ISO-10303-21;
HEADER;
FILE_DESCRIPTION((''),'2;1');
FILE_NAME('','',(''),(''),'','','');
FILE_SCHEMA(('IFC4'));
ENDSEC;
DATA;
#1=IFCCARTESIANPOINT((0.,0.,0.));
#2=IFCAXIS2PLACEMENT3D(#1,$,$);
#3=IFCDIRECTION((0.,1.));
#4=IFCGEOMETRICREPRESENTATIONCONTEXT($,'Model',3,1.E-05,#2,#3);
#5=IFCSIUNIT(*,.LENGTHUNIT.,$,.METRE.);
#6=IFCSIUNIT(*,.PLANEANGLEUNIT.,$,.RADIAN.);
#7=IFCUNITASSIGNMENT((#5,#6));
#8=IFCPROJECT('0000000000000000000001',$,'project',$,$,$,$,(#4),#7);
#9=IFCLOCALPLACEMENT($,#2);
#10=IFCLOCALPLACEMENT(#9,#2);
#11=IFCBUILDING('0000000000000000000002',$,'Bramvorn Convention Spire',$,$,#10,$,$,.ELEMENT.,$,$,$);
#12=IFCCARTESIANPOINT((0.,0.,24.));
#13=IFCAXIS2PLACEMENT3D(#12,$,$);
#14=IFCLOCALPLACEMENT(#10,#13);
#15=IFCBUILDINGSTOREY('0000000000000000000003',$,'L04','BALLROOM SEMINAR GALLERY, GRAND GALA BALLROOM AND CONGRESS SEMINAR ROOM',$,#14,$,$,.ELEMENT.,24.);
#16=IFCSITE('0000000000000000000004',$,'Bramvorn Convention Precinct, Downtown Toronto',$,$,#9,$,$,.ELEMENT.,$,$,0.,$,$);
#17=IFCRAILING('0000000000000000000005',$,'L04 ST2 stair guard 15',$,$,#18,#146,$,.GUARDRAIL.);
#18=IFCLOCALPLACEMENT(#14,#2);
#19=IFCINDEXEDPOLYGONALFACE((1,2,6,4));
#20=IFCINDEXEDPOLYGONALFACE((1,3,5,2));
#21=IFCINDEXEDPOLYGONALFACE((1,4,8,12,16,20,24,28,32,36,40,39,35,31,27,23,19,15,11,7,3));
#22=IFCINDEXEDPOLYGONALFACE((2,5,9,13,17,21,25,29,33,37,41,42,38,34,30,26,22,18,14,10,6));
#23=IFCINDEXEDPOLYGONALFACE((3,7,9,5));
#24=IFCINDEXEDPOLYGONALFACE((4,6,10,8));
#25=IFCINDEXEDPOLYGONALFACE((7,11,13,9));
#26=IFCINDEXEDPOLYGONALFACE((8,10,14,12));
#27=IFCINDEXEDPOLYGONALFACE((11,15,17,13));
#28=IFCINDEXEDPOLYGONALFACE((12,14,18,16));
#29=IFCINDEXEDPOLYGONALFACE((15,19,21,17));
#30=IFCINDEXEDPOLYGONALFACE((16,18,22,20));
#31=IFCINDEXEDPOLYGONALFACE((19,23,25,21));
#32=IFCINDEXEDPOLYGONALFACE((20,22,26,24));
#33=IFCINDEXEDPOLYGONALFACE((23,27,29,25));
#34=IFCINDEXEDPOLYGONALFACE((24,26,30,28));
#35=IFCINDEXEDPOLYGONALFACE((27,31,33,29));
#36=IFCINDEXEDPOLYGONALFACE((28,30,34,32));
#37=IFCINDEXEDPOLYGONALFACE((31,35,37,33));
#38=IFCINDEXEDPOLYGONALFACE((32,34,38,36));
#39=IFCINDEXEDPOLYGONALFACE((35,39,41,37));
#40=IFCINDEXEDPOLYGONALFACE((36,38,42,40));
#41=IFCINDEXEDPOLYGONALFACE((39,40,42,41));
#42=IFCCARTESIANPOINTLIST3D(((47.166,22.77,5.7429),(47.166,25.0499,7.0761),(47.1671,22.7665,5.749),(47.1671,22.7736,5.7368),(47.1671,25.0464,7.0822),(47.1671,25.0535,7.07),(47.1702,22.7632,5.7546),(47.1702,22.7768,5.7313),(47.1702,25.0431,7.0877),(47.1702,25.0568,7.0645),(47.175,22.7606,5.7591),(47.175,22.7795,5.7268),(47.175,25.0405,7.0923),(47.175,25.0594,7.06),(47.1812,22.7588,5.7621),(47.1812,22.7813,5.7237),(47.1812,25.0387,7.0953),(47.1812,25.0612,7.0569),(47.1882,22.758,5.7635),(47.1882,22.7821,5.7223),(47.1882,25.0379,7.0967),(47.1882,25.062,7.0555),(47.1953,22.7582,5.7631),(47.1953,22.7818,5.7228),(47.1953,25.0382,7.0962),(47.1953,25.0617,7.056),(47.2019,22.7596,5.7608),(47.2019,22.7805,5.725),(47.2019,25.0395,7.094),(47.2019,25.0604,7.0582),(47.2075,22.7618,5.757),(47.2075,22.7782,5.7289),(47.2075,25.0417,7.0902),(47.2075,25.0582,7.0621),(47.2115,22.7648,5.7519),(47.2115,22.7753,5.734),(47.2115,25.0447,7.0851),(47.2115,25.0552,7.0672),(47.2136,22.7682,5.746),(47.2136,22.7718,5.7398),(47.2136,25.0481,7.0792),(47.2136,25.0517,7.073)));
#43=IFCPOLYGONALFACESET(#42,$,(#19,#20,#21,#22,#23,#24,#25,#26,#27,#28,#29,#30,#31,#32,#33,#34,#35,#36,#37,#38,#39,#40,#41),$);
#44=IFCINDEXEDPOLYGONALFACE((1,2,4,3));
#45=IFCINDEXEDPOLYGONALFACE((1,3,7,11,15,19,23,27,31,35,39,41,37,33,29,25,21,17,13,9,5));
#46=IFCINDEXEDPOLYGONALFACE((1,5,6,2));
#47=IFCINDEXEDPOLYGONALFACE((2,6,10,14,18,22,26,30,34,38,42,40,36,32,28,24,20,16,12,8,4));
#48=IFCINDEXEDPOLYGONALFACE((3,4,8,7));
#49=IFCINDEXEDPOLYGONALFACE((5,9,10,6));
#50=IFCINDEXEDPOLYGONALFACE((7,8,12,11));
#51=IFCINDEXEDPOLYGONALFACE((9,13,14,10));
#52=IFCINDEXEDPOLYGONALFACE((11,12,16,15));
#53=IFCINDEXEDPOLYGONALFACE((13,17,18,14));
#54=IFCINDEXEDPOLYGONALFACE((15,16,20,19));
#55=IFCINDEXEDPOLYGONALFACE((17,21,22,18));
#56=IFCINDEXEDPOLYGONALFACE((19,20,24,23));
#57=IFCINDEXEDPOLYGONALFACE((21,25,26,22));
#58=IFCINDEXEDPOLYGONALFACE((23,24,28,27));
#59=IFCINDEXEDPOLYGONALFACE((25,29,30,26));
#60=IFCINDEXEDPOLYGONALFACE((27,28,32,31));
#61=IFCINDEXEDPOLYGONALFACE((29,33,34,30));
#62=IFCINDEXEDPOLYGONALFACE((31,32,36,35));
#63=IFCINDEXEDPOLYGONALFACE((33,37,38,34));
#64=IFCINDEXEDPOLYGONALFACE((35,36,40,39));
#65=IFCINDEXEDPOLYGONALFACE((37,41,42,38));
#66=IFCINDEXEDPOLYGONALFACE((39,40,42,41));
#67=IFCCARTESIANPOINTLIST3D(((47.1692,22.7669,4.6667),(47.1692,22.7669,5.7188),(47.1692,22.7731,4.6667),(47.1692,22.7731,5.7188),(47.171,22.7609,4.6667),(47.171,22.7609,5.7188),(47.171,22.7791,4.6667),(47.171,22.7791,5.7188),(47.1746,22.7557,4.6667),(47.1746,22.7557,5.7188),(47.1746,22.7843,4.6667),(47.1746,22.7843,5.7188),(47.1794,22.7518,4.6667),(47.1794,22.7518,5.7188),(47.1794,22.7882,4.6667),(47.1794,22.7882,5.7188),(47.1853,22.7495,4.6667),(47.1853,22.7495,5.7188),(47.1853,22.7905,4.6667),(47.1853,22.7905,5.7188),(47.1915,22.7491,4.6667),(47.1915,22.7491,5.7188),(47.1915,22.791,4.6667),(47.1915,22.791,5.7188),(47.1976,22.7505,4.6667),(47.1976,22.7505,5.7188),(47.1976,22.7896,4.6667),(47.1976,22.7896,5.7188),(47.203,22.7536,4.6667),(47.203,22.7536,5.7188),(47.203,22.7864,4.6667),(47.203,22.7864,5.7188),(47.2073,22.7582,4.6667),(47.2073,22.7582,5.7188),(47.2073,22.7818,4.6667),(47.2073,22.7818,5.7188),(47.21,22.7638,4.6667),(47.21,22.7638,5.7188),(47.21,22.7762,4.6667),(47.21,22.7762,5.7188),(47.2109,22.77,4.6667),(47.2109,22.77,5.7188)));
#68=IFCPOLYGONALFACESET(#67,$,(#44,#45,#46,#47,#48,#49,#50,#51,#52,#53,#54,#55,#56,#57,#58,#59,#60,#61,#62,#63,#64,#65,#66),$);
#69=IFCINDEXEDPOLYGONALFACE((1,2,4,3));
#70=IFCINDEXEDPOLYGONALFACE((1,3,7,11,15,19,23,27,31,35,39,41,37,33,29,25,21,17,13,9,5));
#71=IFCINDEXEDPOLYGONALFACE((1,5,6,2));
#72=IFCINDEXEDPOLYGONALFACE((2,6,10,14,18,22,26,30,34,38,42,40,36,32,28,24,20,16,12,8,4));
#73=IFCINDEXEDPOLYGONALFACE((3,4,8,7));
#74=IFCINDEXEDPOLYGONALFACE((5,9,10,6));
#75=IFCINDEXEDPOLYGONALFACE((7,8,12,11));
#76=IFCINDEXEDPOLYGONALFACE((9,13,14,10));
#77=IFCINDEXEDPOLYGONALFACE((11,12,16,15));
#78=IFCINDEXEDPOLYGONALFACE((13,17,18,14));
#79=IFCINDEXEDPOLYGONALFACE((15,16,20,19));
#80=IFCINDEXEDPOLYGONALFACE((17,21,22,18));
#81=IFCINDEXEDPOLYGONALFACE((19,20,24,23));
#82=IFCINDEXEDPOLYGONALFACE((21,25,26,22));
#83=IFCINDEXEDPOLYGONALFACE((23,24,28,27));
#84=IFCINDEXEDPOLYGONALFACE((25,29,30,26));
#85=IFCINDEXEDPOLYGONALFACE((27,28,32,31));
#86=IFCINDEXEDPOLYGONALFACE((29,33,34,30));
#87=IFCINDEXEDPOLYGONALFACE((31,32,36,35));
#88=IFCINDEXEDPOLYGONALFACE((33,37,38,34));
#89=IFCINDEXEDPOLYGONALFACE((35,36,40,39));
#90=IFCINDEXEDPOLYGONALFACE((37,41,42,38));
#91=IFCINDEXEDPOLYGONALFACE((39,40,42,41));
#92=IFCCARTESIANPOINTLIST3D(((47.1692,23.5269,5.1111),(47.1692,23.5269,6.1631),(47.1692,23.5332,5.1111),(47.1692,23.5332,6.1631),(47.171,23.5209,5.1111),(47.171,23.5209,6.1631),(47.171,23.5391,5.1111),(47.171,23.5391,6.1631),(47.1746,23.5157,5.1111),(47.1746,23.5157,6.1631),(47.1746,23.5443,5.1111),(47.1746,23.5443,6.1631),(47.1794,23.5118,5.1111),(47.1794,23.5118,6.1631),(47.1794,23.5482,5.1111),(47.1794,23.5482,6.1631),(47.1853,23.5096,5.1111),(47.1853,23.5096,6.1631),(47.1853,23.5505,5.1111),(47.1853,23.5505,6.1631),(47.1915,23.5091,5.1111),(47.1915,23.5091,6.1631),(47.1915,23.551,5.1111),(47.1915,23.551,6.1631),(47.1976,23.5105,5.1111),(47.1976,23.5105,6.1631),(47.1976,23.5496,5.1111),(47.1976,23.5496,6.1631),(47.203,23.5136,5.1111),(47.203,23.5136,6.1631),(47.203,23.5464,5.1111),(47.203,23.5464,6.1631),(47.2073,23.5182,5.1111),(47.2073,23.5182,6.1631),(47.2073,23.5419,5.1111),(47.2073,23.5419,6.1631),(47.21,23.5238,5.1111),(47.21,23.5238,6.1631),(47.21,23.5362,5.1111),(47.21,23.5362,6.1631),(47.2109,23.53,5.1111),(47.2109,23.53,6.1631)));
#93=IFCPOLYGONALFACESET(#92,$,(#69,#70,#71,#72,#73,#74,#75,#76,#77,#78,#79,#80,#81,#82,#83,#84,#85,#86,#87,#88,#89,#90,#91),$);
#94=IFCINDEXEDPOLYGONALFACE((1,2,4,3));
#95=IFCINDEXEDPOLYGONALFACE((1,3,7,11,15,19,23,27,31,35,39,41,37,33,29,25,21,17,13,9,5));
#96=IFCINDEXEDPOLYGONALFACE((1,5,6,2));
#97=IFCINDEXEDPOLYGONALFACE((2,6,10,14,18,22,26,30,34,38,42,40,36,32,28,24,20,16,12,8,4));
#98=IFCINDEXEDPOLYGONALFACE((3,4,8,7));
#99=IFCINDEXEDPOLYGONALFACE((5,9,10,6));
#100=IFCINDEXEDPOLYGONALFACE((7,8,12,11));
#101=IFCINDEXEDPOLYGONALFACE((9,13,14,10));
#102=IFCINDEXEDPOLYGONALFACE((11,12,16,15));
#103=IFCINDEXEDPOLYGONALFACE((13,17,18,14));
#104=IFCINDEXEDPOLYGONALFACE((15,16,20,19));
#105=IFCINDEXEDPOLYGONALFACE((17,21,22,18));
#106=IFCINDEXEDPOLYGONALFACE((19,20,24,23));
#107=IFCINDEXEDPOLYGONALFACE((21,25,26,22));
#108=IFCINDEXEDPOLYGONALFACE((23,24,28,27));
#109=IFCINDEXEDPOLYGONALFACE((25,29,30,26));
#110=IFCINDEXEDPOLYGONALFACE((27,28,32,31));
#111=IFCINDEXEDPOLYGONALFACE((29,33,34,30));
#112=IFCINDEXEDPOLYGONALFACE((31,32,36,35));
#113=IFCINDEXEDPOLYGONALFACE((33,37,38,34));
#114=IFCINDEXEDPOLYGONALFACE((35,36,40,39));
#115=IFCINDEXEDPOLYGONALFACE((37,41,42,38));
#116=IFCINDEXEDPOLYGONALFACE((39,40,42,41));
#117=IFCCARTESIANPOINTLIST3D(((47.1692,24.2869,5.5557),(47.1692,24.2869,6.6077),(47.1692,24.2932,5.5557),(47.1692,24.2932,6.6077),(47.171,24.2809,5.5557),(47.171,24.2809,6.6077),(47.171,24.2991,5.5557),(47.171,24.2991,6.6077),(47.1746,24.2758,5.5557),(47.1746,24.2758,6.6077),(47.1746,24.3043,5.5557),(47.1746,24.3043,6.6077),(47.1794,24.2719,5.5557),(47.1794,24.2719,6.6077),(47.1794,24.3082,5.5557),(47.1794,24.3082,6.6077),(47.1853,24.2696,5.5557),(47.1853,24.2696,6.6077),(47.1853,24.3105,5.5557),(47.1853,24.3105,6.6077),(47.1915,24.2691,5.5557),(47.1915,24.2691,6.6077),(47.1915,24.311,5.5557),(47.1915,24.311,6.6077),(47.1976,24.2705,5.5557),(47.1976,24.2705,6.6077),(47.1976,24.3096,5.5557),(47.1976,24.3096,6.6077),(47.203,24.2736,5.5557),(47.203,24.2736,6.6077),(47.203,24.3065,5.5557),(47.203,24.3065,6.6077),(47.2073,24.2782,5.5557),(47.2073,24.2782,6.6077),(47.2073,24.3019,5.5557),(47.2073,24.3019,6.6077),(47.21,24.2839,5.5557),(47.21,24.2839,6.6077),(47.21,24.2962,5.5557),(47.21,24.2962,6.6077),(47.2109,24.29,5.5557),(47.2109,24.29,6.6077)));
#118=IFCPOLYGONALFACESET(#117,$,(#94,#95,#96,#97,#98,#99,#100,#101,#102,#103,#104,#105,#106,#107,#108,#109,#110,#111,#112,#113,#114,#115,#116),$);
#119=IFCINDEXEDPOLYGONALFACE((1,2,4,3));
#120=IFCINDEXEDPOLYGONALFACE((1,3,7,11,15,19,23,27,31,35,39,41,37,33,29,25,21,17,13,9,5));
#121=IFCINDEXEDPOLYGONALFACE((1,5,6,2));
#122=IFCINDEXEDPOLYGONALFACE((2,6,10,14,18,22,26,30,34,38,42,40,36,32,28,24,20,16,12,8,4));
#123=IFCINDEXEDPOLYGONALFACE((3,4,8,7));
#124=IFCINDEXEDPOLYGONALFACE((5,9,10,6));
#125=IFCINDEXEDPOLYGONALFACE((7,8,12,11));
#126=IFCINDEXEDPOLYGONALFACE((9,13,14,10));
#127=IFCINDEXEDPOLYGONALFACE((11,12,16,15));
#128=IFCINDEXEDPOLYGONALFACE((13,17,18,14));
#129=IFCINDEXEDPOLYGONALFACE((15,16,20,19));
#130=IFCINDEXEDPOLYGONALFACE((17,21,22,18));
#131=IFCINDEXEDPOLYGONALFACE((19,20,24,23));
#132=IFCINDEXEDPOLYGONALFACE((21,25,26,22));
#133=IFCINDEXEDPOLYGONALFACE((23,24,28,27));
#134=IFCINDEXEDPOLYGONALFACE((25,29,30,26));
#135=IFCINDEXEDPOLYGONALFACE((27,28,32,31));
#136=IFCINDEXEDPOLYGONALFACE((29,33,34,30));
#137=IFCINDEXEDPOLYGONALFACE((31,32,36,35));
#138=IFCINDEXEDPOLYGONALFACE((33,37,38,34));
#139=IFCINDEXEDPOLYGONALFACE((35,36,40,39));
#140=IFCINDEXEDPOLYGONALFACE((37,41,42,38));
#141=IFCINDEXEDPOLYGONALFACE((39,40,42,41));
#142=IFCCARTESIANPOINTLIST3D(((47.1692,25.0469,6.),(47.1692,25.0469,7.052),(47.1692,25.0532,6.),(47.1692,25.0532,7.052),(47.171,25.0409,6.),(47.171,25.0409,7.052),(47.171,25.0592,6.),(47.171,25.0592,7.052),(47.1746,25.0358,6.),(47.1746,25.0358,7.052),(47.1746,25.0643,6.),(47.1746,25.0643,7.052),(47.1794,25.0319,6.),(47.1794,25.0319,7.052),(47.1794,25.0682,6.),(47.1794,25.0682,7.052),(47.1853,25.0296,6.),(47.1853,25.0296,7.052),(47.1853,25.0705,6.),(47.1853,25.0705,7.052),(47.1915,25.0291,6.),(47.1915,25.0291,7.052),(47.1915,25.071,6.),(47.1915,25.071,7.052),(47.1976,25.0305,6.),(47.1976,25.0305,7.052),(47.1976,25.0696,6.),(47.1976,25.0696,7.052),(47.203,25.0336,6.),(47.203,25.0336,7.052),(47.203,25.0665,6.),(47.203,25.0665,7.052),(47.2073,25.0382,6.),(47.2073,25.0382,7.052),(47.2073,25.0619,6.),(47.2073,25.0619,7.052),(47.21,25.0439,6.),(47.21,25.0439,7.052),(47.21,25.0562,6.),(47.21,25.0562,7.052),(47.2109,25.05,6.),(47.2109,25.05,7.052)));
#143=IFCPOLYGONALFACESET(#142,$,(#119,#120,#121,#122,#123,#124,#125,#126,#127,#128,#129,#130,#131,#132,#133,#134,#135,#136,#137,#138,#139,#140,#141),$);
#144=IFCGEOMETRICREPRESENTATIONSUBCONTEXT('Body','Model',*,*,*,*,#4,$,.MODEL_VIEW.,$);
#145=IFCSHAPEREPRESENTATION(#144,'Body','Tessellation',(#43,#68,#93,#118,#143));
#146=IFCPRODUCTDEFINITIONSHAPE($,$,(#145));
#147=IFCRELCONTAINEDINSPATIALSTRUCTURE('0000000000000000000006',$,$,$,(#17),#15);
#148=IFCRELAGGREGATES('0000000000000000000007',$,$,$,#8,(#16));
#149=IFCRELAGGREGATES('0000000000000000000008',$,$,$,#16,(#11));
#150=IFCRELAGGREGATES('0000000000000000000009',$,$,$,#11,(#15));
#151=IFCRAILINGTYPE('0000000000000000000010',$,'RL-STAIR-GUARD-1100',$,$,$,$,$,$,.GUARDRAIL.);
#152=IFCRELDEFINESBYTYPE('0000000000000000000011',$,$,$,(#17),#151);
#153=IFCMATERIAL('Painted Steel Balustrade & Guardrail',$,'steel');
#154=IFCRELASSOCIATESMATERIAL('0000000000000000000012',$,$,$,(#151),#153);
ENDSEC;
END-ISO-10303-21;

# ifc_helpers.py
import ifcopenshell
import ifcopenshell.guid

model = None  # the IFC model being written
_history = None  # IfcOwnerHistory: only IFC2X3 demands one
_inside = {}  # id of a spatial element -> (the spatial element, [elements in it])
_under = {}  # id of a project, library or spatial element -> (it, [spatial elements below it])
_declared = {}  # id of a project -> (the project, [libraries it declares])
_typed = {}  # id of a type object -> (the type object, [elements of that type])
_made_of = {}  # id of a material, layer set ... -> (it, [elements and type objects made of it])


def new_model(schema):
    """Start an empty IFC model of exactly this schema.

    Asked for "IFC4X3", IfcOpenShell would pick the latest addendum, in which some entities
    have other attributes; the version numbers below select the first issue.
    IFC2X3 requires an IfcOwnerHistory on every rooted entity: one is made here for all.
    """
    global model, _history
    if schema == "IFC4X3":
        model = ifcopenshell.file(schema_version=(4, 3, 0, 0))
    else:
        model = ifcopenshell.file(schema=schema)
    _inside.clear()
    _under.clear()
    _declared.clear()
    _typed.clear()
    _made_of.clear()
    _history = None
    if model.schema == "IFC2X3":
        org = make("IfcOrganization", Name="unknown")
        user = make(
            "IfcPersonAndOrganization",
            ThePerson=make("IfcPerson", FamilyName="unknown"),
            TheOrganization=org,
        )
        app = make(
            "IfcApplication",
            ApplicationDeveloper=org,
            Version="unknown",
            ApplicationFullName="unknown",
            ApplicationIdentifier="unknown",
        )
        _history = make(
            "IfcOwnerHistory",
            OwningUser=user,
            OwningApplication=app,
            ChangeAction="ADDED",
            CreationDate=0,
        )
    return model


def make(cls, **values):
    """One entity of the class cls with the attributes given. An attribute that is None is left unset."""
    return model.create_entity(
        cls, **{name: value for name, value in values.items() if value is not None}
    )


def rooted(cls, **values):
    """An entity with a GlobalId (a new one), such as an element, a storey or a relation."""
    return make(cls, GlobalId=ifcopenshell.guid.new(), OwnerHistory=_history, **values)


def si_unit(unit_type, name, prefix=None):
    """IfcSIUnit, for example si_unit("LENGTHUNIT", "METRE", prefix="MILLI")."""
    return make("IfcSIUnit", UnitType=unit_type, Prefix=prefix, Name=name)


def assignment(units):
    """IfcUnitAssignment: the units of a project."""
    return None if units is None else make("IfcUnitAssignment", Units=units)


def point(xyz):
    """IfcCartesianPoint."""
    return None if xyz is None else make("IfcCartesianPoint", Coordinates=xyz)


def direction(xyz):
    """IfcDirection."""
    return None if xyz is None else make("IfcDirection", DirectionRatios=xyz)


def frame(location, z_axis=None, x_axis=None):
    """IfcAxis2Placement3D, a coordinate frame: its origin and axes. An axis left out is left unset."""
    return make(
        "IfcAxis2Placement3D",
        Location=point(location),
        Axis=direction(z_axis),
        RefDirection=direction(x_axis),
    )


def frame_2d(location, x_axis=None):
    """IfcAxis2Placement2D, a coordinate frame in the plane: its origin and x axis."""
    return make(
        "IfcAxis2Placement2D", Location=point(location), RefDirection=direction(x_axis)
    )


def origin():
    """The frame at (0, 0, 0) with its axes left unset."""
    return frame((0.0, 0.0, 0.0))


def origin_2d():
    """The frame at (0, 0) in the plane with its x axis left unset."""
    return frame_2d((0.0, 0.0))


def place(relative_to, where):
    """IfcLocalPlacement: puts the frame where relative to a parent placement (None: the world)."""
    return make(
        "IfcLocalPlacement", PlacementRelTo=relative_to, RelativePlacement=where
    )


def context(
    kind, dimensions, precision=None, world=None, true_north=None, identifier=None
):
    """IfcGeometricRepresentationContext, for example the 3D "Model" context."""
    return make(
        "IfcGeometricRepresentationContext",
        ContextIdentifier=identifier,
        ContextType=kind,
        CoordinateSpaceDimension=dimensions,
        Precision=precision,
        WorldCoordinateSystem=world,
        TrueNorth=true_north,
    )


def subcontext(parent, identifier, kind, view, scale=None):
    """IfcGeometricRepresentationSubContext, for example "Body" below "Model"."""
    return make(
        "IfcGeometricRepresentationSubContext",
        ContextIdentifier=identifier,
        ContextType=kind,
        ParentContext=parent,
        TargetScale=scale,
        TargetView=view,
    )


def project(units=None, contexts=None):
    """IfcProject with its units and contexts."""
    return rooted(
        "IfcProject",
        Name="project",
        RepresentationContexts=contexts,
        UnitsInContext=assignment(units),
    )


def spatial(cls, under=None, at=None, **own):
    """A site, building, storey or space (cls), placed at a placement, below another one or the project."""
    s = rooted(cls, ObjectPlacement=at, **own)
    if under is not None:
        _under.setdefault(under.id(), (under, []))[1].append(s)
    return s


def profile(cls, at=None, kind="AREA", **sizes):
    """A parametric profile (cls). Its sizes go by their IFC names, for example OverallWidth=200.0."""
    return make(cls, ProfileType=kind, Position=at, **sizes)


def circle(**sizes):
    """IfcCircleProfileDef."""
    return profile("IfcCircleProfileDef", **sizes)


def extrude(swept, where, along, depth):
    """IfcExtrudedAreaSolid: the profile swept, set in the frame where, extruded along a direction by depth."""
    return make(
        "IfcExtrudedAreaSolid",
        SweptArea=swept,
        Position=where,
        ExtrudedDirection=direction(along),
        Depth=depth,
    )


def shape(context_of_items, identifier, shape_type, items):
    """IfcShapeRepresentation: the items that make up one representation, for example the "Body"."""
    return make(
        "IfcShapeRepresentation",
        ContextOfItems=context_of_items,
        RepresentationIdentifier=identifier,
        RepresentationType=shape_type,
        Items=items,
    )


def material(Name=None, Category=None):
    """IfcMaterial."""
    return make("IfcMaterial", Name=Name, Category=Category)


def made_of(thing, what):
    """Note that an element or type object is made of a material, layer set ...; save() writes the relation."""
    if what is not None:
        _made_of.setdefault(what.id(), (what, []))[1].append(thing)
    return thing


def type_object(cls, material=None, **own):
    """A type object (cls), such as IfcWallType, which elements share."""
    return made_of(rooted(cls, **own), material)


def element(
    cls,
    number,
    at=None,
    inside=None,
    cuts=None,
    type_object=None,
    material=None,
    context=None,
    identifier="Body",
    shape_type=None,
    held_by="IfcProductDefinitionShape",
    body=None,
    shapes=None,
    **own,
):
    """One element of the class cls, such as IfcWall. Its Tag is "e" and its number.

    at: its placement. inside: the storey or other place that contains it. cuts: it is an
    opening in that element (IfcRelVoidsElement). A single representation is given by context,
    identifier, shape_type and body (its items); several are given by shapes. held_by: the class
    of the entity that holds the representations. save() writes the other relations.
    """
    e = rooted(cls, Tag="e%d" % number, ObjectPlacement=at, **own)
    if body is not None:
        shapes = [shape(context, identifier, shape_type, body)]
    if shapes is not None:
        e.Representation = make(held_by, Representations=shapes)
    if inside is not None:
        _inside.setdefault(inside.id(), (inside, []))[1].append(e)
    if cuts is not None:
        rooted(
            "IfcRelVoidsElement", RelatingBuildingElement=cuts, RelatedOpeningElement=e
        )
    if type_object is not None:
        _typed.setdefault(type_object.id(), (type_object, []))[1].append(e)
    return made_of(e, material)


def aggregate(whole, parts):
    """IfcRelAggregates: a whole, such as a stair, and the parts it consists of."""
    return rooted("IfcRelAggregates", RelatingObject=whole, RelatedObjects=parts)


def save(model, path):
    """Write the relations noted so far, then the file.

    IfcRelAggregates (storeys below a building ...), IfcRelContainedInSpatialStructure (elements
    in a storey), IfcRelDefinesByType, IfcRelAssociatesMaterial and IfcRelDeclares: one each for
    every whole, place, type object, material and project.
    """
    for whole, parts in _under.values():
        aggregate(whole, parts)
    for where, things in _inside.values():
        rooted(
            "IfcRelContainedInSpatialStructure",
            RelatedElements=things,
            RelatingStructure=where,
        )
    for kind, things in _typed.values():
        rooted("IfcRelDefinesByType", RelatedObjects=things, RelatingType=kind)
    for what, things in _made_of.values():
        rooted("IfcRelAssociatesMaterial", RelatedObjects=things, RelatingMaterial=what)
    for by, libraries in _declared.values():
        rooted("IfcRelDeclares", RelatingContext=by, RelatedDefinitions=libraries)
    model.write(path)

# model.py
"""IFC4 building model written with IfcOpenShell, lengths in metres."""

from ifc_helpers import new_model, si_unit, direction, frame, origin, origin_2d, place, context, subcontext, project, spatial, circle, extrude, material, type_object, element, save


model = new_model("IFC4")

# Units and contexts
model_context = context("Model", 3, precision=1e-05, world=origin(), true_north=direction((0.0, 1.0)))
body_context = subcontext(model_context, "Body", "Model", "MODEL_VIEW")
ifc_project = project(units=[si_unit("LENGTHUNIT", "METRE"), si_unit("PLANEANGLEUNIT", "RADIAN")], contexts=[model_context])

# Site, building, storey
site_placement = place(None, origin())
site = spatial("IfcSite", under=ifc_project, at=site_placement, Name="Bramvorn Convention Precinct, Downtown Toronto", CompositionType="ELEMENT", RefElevation=0.0)
building_placement = place(site_placement, origin())
building = spatial("IfcBuilding", under=site, at=building_placement, Name="Bramvorn Convention Spire", CompositionType="ELEMENT")
storey_placement = place(building_placement, frame((0.0, 0.0, 24.0)))
storey = spatial("IfcBuildingStorey", under=building, at=storey_placement, Name="L04", Description="BALLROOM SEMINAR GALLERY, GRAND GALA BALLROOM AND CONGRESS SEMINAR ROOM", CompositionType="ELEMENT", Elevation=24.0)

# Railing
ifc_material_1 = material(Name="Painted Steel Balustrade & Guardrail", Category="steel")
railing_type_1 = type_object("IfcRailingType", Name="RL-STAIR-GUARD-1100", PredefinedType="GUARDRAIL", material=ifc_material_1)
railing_1_placement = place(storey_placement, frame((47.1899, 22.77, 4.6667)))
element("IfcRailing", 1, at=railing_1_placement, inside=storey, type_object=railing_type_1, Name="L04 ST2 stair guard 15", PredefinedType="GUARDRAIL", context=body_context, shape_type="SweptSolid", body=[
    extrude(circle(Radius=0.0239, at=origin_2d()), frame((0.0, 0.0, 1.0762), z_axis=(0.0, 0.863245, 0.504785), x_axis=(-1.0, 0.0, 0.0)), (0.0, 0.0, 1.0), 2.6411),
    extrude(circle(Radius=0.021, at=origin_2d()), origin(), (0.0, 0.0, 1.0), 1.052),
    extrude(circle(Radius=0.021, at=origin_2d()), frame((0.0, 0.76, 0.4443)), (0.0, 0.0, 1.0), 1.052),
    extrude(circle(Radius=0.021, at=origin_2d()), frame((0.0, 1.52, 0.8889)), (0.0, 0.0, 1.0), 1.052),
    extrude(circle(Radius=0.021, at=origin_2d()), frame((0.0, 2.28, 1.3333)), (0.0, 0.0, 1.0), 1.052),
])

save(model, "model.ifc")
